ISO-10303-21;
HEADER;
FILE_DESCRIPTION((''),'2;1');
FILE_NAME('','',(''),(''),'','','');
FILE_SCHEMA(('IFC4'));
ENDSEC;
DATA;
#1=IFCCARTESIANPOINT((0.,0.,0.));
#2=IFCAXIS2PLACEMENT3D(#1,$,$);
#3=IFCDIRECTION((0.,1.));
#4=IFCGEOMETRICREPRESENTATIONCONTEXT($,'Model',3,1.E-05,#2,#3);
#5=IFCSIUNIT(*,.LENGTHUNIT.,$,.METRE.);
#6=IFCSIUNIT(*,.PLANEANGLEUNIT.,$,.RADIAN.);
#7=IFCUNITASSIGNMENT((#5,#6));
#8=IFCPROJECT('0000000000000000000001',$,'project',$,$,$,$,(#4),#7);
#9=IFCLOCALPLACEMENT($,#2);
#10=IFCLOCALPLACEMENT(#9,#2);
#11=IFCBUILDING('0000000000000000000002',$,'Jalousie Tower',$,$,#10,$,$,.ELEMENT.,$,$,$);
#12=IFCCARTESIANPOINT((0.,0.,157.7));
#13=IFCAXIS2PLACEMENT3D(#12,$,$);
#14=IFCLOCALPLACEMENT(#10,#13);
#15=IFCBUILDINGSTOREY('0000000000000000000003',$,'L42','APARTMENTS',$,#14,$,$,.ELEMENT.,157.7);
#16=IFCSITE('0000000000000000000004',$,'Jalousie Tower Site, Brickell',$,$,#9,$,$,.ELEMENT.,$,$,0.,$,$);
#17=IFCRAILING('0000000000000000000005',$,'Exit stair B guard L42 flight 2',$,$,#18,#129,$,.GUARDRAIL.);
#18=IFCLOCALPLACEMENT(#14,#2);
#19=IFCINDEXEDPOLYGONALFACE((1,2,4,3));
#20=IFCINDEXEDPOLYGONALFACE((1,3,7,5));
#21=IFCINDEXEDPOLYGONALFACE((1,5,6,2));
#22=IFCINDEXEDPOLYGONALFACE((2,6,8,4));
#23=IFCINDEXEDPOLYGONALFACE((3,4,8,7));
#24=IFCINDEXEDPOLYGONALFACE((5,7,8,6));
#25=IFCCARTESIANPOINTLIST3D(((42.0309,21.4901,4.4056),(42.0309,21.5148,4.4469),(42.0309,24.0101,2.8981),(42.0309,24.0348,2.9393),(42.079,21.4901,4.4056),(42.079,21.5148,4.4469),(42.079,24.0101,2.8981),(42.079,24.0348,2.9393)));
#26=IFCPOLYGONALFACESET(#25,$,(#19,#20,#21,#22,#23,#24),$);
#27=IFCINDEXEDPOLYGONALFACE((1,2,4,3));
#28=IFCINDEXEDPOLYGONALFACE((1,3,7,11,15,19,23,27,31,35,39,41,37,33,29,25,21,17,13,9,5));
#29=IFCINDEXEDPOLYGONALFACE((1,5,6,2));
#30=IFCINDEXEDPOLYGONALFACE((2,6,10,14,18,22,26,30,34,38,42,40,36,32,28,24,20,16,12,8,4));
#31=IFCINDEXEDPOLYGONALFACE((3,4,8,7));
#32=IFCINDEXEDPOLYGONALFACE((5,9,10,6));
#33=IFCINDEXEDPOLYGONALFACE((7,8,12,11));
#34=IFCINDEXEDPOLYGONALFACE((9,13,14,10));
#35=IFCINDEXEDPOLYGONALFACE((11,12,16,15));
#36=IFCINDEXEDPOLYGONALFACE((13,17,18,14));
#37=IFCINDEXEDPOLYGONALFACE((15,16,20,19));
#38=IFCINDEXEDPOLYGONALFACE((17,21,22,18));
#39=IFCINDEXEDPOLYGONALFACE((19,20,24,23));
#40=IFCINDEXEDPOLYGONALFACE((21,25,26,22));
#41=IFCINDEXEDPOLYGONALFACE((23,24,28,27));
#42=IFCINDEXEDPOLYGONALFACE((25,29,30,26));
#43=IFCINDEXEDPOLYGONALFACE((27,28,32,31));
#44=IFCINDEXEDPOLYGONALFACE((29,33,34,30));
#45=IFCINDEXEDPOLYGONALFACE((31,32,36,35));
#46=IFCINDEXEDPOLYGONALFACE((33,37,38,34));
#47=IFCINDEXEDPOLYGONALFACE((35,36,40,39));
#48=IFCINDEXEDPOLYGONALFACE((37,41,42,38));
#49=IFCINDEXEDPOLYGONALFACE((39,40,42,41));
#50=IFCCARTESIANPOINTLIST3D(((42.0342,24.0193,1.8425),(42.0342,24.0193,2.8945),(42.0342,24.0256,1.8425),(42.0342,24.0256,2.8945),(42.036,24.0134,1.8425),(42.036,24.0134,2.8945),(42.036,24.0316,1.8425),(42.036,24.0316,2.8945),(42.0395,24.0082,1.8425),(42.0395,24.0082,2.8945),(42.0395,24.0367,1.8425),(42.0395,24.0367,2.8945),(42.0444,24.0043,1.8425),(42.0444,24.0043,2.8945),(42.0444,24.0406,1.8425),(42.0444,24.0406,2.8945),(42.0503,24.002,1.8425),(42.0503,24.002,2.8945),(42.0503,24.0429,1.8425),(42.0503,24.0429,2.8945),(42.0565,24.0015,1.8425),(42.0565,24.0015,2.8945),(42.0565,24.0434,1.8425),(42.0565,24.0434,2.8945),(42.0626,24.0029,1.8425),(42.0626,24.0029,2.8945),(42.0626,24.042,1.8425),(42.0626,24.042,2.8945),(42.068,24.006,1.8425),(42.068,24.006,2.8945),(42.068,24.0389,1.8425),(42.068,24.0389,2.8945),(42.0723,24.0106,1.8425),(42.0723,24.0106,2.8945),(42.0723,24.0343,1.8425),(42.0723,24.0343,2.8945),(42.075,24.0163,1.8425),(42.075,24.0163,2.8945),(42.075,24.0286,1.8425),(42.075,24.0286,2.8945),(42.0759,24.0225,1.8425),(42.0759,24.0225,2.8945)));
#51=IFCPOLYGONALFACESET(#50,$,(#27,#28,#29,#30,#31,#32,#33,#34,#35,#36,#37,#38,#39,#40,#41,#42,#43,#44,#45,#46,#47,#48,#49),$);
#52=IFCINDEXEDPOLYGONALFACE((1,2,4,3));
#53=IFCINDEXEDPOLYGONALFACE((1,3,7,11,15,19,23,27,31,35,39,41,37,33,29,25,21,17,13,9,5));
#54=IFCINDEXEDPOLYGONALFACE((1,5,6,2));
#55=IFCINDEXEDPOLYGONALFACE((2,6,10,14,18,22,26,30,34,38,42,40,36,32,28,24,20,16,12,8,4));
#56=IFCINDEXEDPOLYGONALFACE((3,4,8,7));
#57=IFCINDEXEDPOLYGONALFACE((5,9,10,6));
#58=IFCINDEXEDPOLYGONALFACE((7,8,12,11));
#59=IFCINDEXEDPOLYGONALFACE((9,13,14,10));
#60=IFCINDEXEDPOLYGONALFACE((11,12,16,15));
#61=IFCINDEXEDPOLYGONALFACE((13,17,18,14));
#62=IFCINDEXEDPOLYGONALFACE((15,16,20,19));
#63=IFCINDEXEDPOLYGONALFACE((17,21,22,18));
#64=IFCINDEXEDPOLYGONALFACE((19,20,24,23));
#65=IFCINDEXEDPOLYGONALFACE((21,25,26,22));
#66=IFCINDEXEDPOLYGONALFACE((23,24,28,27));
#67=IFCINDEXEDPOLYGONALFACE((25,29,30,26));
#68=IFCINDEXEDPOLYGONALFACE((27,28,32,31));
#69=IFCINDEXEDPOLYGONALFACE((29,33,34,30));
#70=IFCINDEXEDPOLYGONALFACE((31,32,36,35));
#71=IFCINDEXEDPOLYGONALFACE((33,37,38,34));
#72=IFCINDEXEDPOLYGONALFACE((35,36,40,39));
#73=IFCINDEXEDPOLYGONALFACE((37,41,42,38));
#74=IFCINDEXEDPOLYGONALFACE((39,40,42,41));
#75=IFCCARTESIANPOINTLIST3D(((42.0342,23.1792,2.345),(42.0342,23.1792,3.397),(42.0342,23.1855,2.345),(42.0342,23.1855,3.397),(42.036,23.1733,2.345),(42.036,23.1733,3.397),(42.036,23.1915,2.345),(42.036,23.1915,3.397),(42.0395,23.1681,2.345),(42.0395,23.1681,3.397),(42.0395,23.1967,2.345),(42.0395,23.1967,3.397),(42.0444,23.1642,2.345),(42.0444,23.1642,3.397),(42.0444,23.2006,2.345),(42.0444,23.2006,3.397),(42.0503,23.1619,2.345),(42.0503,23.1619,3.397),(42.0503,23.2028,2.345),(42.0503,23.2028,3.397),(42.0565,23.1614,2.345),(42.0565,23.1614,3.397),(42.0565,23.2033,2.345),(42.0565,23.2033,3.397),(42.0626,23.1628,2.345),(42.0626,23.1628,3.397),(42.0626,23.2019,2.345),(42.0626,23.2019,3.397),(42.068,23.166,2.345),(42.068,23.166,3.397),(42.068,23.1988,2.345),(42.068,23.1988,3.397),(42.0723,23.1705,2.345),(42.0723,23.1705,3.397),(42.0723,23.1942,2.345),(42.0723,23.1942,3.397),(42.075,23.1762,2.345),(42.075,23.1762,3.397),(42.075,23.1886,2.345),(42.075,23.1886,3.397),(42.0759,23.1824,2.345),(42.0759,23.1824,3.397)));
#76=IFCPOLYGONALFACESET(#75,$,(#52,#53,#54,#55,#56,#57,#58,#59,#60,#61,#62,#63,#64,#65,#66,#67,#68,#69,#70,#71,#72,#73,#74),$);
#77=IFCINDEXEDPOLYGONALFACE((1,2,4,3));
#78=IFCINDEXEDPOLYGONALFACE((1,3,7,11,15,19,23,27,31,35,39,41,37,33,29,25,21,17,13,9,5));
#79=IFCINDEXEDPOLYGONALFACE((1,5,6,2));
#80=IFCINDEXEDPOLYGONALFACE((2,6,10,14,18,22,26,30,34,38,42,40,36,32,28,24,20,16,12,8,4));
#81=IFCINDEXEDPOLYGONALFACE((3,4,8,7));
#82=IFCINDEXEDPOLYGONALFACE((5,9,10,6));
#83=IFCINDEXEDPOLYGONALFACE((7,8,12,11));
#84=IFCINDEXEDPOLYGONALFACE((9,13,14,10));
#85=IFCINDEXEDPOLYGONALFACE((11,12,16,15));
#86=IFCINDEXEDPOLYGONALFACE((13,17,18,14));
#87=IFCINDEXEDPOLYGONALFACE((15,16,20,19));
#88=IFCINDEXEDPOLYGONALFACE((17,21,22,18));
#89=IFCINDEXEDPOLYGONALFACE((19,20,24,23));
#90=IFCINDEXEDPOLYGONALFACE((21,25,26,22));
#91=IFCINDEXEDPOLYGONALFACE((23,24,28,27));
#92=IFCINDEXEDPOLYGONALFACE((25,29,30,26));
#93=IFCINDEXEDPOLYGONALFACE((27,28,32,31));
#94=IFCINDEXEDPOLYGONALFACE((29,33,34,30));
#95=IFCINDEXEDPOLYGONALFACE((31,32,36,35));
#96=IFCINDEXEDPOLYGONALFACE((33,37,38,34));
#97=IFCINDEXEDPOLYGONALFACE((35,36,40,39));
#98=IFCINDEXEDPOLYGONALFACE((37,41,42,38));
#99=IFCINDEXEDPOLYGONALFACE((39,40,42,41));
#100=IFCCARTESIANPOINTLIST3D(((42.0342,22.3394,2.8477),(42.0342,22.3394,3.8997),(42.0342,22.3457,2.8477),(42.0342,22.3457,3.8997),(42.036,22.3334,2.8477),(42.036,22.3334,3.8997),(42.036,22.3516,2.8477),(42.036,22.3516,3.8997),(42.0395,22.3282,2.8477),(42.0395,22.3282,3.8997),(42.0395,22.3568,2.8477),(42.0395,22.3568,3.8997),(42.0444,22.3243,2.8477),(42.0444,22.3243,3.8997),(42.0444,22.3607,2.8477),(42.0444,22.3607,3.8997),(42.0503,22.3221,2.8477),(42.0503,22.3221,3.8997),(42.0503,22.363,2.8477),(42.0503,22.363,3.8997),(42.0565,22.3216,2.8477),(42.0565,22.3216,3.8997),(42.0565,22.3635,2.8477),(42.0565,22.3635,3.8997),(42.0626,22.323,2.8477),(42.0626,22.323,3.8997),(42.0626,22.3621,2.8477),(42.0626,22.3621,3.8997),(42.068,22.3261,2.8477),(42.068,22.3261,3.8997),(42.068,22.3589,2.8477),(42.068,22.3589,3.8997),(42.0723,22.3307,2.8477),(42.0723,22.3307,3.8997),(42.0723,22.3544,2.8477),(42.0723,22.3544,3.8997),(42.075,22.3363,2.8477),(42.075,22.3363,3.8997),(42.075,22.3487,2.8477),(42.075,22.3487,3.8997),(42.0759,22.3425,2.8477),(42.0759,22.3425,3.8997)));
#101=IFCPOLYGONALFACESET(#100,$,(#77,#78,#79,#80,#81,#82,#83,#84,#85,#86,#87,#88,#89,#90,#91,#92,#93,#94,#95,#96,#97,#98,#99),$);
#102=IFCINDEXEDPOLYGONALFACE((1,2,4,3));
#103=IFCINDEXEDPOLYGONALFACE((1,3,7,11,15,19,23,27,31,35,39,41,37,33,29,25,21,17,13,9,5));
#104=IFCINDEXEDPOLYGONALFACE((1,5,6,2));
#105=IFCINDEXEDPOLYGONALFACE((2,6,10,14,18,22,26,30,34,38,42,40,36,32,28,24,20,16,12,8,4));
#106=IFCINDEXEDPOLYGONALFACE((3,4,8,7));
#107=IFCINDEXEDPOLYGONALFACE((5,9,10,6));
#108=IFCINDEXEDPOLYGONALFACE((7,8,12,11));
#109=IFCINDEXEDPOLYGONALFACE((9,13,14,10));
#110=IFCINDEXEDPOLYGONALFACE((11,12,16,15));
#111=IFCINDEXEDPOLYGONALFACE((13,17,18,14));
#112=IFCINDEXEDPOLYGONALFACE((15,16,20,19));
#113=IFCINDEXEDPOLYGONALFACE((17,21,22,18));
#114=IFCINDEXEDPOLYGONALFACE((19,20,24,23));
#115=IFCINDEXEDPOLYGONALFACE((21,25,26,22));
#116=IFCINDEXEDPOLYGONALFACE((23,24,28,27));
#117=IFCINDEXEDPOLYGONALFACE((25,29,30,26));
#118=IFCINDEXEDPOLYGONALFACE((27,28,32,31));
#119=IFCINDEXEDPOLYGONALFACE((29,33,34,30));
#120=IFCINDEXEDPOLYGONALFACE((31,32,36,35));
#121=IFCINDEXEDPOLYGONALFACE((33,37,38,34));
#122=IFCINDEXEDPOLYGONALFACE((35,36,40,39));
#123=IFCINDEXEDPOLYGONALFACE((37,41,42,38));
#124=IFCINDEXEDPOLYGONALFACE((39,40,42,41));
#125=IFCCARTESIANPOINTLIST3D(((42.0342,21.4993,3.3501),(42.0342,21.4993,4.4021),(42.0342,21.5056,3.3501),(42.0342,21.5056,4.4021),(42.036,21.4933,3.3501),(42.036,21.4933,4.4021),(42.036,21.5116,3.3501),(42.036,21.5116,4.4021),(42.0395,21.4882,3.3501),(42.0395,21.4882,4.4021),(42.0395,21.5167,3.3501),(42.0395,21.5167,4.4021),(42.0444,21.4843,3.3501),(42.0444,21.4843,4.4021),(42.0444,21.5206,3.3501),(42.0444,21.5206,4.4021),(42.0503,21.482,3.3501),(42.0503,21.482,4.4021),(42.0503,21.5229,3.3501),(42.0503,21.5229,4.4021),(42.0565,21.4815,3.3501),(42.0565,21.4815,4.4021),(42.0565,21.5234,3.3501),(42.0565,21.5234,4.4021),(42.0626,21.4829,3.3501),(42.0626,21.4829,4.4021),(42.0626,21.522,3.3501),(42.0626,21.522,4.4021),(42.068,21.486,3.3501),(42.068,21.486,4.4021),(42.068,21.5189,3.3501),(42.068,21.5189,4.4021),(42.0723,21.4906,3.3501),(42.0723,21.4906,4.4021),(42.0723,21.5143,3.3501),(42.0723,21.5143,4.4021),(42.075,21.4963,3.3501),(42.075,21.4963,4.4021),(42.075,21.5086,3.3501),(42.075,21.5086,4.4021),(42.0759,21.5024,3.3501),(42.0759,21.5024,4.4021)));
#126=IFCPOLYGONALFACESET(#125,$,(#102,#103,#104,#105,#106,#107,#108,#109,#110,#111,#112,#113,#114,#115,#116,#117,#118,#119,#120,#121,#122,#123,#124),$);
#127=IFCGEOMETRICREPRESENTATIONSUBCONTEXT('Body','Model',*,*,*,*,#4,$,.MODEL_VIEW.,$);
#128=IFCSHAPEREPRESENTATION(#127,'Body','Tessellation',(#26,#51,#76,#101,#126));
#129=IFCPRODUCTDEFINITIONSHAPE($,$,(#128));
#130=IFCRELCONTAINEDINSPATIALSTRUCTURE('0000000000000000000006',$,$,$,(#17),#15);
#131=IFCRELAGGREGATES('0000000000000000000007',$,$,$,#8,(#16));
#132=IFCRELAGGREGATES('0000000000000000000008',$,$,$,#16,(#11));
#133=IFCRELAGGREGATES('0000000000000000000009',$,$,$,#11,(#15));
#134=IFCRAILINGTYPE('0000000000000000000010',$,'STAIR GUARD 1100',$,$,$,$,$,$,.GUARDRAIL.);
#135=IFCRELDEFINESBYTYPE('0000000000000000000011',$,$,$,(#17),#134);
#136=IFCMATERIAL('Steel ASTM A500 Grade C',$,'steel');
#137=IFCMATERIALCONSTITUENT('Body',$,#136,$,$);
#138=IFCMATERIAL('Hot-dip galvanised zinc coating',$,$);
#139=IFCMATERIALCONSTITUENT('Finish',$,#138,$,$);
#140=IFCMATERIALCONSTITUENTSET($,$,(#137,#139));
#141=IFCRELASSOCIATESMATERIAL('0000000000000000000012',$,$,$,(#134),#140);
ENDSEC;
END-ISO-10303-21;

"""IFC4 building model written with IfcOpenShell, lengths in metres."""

from ifc_helpers import new_model, si_unit, direction, frame, origin, origin_2d, place, context, subcontext, project, spatial, rectangle, circle, extrude, material, constituent, constituent_set, type_object, element, save


model = new_model("IFC4")

# Units and contexts
model_context = context("Model", 3, precision=1e-05, world=origin(), true_north=direction((0.0, 1.0)))
body_context = subcontext(model_context, "Body", "Model", "MODEL_VIEW")
ifc_project = project(units=[si_unit("LENGTHUNIT", "METRE"), si_unit("PLANEANGLEUNIT", "RADIAN")], contexts=[model_context])

# Site, building, storey
site_placement = place(None, origin())
site = spatial("IfcSite", under=ifc_project, at=site_placement, Name="Jalousie Tower Site, Brickell", CompositionType="ELEMENT", RefElevation=0.0)
building_placement = place(site_placement, origin())
building = spatial("IfcBuilding", under=site, at=building_placement, Name="Jalousie Tower", CompositionType="ELEMENT")
storey_placement = place(building_placement, frame((0.0, 0.0, 157.7)))
storey = spatial("IfcBuildingStorey", under=building, at=storey_placement, Name="L42", Description="APARTMENTS", CompositionType="ELEMENT", Elevation=157.7)

# Railing
ifc_material_1 = material(Name="Steel ASTM A500 Grade C", Category="steel")
ifc_constituent_1 = constituent(ifc_material_1, Name="Body")
ifc_material_2 = material(Name="Hot-dip galvanised zinc coating")
ifc_constituent_2 = constituent(ifc_material_2, Name="Finish")
ifc_constituent_set_1 = constituent_set(constituents=[ifc_constituent_1, ifc_constituent_2])
railing_type_1 = type_object("IfcRailingType", Name="STAIR GUARD 1100", PredefinedType="GUARDRAIL", material=ifc_constituent_set_1)
railing_1_placement = place(storey_placement, frame((42.0549, 24.0225, 1.8425)))
element("IfcRailing", 1, at=railing_1_placement, inside=storey, type_object=railing_type_1, Name="Exit stair B guard L42 flight 2", PredefinedType="GUARDRAIL", context=body_context, shape_type="SweptSolid", body=[
    extrude(rectangle(XDim=0.0481, YDim=0.0481, at=origin_2d()), frame((0.0, 0.0, 1.0762), z_axis=(0.0, -0.85816, 0.513383), x_axis=(1.0, 0.0, 0.0)), (0.0, 0.0, 1.0), 2.9365),
    extrude(circle(Radius=0.021, at=origin_2d()), origin(), (0.0, 0.0, 1.0), 1.052),
    extrude(circle(Radius=0.021, at=origin_2d()), frame((0.0, -0.8401, 0.5024)), (0.0, 0.0, 1.0), 1.052),
    extrude(circle(Radius=0.021, at=origin_2d()), frame((0.0, -1.6799, 1.0051)), (0.0, 0.0, 1.0), 1.052),
    extrude(circle(Radius=0.021, at=origin_2d()), frame((0.0, -2.52, 1.5076)), (0.0, 0.0, 1.0), 1.052),
])

save(model, "model.ifc")
